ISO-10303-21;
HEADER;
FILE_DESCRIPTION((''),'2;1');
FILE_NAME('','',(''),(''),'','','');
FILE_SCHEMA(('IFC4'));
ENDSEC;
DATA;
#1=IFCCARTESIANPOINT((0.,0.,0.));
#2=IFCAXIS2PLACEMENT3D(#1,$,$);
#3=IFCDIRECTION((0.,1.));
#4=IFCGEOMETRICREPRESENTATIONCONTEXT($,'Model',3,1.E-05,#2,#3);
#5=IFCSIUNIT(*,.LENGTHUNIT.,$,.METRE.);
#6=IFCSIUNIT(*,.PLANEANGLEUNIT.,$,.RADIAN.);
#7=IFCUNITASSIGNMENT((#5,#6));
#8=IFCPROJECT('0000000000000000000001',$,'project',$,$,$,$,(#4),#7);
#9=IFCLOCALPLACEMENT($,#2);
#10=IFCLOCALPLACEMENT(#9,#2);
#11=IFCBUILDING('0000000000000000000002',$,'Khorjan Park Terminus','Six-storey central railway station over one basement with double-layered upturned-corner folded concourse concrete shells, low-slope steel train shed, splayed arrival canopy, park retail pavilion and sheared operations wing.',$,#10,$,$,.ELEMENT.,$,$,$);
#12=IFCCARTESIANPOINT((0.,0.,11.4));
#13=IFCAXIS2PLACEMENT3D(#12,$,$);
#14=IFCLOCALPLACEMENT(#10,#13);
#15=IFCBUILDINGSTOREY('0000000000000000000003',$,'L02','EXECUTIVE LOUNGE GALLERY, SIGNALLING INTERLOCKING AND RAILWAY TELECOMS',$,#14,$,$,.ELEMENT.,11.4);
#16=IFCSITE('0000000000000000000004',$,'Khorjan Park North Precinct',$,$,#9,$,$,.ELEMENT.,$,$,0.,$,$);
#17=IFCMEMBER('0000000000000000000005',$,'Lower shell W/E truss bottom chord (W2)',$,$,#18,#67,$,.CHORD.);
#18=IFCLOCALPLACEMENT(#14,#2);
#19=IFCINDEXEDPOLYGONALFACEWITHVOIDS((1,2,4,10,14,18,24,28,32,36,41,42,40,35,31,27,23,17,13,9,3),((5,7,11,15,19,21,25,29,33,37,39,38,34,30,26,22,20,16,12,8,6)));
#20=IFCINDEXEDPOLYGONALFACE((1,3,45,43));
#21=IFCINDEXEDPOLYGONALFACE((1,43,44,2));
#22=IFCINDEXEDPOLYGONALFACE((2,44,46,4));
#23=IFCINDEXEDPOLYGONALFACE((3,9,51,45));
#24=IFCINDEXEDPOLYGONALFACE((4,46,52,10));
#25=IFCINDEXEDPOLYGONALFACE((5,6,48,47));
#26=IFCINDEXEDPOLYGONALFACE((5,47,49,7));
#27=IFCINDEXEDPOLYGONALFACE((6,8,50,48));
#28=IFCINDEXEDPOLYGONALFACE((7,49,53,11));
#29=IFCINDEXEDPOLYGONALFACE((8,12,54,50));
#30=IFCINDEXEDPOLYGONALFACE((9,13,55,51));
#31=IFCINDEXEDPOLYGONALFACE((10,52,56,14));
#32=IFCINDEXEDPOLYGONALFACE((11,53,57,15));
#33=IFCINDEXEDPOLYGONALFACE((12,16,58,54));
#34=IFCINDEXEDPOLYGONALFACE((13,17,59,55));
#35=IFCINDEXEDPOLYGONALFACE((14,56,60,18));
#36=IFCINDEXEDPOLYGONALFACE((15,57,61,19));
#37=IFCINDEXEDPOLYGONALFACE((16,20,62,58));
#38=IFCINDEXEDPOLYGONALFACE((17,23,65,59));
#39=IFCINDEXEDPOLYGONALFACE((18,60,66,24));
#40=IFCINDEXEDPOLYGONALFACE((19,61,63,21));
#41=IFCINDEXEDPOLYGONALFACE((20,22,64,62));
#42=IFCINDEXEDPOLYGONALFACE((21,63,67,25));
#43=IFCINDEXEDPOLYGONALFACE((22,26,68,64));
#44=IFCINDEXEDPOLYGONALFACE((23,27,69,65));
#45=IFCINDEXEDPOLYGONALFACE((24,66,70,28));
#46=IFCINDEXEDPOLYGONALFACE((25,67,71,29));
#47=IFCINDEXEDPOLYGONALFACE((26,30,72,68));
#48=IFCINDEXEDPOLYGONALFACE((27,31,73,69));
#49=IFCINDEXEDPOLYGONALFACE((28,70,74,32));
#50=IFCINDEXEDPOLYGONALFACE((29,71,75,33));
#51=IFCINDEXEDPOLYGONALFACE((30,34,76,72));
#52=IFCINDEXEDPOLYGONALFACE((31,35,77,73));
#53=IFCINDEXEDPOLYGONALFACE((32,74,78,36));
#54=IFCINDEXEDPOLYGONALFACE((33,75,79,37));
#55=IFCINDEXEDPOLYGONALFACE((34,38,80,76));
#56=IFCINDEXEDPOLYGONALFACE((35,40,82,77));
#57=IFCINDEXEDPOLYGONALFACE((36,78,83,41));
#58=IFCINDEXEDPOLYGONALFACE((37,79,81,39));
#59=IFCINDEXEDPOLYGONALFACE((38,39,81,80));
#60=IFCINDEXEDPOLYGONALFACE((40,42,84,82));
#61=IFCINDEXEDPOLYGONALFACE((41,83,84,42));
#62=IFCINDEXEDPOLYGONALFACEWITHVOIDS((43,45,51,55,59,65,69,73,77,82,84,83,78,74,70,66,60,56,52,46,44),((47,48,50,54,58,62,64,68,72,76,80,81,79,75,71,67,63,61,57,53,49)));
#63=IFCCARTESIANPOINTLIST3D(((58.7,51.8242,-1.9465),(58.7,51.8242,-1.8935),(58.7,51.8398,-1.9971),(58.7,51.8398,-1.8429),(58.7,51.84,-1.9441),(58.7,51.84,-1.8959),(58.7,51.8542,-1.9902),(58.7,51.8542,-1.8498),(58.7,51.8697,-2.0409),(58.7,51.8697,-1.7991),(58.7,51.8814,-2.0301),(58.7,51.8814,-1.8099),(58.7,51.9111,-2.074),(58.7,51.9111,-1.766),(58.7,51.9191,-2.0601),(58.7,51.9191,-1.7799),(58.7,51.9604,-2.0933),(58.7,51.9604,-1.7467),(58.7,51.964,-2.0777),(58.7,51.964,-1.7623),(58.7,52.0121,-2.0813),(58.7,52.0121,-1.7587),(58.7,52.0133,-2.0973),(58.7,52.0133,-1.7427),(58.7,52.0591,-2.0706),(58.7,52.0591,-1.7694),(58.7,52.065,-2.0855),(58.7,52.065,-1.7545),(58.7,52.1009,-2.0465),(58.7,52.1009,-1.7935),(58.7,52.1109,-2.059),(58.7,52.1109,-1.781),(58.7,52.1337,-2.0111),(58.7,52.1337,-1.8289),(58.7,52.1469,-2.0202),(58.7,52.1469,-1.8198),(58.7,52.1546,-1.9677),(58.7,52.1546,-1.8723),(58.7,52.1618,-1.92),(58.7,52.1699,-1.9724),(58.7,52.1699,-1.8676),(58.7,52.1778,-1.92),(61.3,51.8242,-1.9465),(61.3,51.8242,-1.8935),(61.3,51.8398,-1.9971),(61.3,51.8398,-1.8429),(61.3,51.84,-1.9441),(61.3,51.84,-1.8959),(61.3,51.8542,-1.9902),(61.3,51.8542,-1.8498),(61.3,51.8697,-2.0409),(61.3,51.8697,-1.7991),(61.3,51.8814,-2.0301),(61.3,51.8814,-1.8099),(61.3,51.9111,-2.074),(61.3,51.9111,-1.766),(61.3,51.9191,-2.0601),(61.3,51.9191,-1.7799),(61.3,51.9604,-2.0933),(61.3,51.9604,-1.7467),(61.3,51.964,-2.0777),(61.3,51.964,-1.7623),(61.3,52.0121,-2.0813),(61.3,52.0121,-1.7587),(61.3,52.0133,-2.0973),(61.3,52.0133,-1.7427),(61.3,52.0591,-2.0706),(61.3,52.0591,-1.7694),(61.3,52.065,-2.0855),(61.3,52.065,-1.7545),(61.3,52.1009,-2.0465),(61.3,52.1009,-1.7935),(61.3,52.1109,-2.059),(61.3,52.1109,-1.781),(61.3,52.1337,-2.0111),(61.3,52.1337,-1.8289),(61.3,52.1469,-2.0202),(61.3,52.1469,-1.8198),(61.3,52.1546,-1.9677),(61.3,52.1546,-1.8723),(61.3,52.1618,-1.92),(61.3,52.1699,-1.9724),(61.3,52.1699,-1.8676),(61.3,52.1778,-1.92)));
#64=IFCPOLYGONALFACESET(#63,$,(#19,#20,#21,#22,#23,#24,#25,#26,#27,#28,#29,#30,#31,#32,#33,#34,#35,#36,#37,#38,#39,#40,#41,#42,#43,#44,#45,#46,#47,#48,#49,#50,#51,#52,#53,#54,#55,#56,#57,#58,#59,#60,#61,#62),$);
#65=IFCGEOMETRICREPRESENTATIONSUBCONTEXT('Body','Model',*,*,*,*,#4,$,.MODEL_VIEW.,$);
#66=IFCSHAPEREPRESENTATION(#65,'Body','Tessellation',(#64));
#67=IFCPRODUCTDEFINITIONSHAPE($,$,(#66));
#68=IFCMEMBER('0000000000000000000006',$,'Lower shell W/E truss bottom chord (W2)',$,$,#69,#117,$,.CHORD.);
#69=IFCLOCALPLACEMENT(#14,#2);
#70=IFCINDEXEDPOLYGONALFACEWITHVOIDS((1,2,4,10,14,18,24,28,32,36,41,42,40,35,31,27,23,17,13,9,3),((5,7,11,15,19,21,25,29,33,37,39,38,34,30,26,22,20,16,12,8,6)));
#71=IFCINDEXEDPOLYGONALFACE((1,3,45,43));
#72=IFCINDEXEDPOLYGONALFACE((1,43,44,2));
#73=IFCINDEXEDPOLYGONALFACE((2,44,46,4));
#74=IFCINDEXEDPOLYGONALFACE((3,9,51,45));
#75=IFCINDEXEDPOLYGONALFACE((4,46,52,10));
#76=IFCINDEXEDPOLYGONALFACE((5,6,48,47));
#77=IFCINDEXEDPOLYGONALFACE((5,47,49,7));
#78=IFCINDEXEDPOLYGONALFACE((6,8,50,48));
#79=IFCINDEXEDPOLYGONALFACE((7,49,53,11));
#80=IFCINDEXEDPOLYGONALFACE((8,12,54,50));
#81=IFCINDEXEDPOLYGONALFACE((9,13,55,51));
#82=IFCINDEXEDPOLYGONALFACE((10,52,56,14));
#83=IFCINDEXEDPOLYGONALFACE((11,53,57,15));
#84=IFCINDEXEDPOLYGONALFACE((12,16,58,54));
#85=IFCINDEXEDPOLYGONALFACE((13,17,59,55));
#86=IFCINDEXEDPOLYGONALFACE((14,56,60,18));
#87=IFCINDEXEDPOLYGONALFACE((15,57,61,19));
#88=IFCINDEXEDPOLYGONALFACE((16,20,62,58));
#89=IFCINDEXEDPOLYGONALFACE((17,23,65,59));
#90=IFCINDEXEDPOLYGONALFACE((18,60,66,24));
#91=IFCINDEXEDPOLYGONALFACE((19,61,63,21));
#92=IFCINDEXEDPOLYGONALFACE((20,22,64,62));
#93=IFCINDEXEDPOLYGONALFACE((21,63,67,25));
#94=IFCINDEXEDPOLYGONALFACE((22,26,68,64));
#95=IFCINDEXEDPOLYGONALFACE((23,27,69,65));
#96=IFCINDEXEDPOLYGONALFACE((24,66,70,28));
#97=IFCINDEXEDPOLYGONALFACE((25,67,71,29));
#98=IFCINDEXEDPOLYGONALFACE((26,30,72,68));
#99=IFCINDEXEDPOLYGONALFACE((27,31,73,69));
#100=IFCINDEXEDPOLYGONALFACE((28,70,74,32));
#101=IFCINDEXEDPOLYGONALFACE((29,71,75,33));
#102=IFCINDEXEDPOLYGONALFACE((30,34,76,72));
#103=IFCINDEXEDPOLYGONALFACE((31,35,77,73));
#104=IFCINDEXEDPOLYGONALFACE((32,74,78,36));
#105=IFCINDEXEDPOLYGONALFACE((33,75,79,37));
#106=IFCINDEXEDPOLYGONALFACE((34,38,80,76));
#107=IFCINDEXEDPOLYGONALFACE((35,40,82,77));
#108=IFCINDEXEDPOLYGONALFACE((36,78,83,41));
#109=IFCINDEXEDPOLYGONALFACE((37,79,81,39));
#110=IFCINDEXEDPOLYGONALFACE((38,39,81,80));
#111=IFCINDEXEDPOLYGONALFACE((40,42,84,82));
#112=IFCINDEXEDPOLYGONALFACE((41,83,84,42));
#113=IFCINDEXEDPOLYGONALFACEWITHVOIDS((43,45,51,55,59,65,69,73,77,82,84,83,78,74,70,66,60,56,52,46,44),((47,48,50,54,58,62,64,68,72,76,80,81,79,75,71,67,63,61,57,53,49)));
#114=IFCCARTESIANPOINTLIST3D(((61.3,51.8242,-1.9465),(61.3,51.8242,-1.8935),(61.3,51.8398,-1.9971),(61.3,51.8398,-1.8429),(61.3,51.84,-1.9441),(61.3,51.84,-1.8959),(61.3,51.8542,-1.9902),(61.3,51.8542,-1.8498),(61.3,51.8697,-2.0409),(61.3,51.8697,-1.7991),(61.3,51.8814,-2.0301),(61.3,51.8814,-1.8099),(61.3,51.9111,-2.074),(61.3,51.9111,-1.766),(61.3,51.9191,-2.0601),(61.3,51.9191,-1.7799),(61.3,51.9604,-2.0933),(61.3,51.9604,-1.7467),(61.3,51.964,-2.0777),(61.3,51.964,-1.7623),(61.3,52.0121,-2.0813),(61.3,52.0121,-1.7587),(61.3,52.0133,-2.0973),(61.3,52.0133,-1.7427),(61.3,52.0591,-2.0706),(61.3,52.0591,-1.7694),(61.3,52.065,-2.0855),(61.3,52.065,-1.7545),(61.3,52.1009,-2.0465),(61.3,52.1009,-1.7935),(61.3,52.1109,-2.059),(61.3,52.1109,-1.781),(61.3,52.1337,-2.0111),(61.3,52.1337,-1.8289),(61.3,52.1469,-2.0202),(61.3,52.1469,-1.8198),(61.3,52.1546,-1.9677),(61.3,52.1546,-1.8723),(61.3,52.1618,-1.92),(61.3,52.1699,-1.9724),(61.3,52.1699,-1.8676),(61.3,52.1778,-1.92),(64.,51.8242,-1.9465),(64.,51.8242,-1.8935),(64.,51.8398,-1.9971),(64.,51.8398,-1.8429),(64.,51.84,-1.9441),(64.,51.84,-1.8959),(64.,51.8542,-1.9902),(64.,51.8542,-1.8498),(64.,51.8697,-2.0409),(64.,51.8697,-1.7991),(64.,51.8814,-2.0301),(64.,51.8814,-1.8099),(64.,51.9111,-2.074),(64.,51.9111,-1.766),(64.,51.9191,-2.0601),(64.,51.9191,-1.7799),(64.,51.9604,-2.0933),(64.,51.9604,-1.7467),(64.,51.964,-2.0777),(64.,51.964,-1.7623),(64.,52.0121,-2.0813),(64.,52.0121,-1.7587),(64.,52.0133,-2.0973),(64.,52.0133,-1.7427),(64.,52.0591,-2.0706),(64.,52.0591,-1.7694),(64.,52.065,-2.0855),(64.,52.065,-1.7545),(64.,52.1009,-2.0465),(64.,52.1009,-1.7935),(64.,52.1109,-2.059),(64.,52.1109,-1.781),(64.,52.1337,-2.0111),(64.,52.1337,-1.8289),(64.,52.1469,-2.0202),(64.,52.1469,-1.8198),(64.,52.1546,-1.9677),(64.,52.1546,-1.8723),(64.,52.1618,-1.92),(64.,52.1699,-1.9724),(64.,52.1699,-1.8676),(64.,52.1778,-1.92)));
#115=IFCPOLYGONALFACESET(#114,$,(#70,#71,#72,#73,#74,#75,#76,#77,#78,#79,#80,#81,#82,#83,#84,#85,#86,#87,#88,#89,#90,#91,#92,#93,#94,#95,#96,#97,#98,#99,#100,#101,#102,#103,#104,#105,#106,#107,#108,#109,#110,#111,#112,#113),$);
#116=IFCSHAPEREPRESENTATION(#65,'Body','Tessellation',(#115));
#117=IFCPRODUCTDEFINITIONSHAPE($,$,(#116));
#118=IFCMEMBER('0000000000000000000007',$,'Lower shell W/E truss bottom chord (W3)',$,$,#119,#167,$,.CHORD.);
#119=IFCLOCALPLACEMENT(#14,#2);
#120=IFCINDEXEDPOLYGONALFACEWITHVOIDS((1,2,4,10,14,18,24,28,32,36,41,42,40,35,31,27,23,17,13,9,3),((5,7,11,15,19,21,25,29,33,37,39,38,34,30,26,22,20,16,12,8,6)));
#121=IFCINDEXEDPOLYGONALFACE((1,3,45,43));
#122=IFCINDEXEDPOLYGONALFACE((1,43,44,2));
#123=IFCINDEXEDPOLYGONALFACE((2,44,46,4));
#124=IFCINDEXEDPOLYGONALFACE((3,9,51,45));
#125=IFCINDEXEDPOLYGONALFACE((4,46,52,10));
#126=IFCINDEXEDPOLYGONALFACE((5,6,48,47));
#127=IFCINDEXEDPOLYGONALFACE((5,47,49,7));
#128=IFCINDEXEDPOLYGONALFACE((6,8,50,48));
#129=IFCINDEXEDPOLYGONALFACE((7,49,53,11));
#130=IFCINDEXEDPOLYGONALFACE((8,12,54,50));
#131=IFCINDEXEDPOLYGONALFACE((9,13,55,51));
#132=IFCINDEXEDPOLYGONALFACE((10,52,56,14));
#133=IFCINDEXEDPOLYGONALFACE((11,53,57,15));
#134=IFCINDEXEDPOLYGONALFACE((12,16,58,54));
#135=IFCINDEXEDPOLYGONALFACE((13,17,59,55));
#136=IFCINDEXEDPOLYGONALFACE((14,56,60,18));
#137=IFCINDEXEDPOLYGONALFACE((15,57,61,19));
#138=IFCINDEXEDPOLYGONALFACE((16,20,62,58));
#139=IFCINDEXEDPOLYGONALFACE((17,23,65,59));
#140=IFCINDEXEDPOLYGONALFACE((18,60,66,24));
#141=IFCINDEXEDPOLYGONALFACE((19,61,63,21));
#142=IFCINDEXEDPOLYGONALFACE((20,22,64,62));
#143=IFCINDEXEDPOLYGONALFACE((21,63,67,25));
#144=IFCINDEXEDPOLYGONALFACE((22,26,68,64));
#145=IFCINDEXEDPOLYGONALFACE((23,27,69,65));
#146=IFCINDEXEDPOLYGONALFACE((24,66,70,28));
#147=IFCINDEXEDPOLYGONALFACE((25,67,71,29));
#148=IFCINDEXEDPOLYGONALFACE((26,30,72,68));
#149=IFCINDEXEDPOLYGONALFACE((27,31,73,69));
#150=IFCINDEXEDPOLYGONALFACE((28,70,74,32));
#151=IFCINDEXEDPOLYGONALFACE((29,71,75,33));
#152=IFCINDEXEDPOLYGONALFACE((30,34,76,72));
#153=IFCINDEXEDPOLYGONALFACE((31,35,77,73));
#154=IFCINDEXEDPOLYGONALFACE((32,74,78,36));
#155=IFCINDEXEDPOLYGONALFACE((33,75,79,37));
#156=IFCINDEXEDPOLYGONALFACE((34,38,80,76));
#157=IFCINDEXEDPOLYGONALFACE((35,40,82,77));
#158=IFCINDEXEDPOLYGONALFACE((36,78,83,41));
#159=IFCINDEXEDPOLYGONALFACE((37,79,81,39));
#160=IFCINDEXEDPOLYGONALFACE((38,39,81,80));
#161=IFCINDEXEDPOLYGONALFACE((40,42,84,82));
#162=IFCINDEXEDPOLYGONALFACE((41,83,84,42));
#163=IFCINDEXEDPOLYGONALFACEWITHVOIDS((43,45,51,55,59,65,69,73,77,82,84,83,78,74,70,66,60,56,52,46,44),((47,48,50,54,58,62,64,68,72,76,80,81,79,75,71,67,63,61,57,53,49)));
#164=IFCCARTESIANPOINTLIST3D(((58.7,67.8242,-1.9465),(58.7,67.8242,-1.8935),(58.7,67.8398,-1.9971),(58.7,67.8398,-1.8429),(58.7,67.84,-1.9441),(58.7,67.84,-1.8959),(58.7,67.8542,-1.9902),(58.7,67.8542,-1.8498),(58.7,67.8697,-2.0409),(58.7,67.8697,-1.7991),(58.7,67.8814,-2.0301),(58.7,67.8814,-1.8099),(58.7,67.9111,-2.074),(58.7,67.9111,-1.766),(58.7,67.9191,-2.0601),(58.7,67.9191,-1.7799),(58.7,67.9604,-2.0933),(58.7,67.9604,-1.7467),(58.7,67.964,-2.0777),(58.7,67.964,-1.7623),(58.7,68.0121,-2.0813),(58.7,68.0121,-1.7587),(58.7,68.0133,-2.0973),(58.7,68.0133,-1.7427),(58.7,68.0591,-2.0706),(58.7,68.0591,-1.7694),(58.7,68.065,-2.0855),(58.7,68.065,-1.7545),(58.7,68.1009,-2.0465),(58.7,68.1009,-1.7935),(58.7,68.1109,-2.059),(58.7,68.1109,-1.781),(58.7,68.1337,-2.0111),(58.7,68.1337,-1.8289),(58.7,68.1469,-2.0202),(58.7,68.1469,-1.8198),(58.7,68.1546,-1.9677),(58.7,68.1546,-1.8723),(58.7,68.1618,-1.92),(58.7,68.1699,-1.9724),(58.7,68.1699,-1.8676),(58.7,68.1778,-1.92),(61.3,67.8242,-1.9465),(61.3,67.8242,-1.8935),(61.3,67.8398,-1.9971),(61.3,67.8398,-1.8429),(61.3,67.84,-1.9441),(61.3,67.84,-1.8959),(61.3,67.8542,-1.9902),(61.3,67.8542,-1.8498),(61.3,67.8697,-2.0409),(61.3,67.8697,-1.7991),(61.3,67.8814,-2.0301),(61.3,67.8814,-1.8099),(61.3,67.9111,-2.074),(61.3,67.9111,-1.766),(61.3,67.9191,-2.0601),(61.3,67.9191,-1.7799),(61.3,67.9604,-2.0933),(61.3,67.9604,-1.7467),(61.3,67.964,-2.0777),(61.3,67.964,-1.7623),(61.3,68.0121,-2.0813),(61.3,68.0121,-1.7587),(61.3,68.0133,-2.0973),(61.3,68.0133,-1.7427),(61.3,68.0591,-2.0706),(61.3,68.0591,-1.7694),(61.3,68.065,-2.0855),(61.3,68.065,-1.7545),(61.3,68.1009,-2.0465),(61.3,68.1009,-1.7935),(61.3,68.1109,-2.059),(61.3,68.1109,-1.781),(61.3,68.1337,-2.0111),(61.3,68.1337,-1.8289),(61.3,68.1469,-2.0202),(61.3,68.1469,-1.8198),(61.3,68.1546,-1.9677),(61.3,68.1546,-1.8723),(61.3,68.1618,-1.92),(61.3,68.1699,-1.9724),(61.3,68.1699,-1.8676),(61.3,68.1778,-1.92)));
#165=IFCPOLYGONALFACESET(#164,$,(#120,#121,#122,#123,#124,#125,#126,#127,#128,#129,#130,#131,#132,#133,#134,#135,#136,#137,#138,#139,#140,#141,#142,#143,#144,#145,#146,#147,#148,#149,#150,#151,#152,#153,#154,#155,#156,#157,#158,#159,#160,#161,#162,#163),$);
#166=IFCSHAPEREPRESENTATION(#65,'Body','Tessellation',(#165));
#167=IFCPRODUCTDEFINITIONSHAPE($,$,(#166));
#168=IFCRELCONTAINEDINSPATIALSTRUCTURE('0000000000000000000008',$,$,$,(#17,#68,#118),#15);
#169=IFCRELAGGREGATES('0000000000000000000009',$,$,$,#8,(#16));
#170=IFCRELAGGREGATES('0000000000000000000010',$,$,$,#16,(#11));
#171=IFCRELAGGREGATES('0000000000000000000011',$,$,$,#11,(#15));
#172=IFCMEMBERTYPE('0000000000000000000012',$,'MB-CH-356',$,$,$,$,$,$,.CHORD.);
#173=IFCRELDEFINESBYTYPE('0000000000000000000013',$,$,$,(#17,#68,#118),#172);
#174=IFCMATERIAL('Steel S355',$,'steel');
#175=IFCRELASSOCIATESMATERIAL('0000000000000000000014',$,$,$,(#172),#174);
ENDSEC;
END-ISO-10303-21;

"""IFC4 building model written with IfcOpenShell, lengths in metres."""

from ifc_helpers import new_model, si_unit, direction, frame, origin, origin_2d, place, context, subcontext, project, spatial, hollow_circle, extrude, material, material_profile, profile_set, type_object, element, save


model = new_model("IFC4")

# Units and contexts
model_context = context("Model", 3, precision=1e-05, world=origin(), true_north=direction((0.0, 1.0)))
body_context = subcontext(model_context, "Body", "Model", "MODEL_VIEW")
ifc_project = project(units=[si_unit("LENGTHUNIT", "METRE"), si_unit("PLANEANGLEUNIT", "RADIAN")], contexts=[model_context])

# Site, building, storey
site_placement = place(None, origin())
site = spatial("IfcSite", under=ifc_project, at=site_placement, Name="Khorjan Park North Precinct", CompositionType="ELEMENT", RefElevation=0.0)
building_placement = place(site_placement, origin())
building = spatial("IfcBuilding", under=site, at=building_placement, Name="Khorjan Park Terminus", Description="Six-storey central railway station over one basement with double-layered upturned-corner folded concourse concrete shells, low-slope steel train shed, splayed arrival canopy, park retail pavilion and sheared operations wing.", CompositionType="ELEMENT")
storey_placement = place(building_placement, frame((0.0, 0.0, 11.4)))
storey = spatial("IfcBuildingStorey", under=building, at=storey_placement, Name="L02", Description="EXECUTIVE LOUNGE GALLERY, SIGNALLING INTERLOCKING AND RAILWAY TELECOMS", CompositionType="ELEMENT", Elevation=11.4)

# Shared definitions
ifc_material = material(Name="Steel S355", Category="steel")

# Members
ifc_material_profile_1 = material_profile(ifc_material, hollow_circle(Radius=0.1778, WallThickness=0.016, at=origin_2d()), Name="CHS 355.6x16")
ifc_profile_set_1 = profile_set([ifc_material_profile_1], Name="Steel S355")
member_type_1 = type_object("IfcMemberType", Name="MB-CH-356", PredefinedType="CHORD", material=ifc_profile_set_1)
member_1_placement = place(storey_placement, frame((58.7, 52.0, -1.92), z_axis=(1.0, 0.0, 0.0), x_axis=(0.0, 1.0, 0.0)))
element("IfcMember", 1, at=member_1_placement, inside=storey, type_object=member_type_1, Name="Lower shell W/E truss bottom chord (W2)", PredefinedType="CHORD", context=body_context, shape_type="SweptSolid", body=[
    extrude(hollow_circle(Radius=0.1778, WallThickness=0.016, at=origin_2d()), origin(), (0.0, 0.0, 1.0), 2.6),
])
member_2_placement = place(storey_placement, frame((61.3, 52.0, -1.92), z_axis=(1.0, 0.0, 0.0), x_axis=(0.0, 1.0, 0.0)))
element("IfcMember", 2, at=member_2_placement, inside=storey, type_object=member_type_1, Name="Lower shell W/E truss bottom chord (W2)", PredefinedType="CHORD", context=body_context, shape_type="SweptSolid", body=[
    extrude(hollow_circle(Radius=0.1778, WallThickness=0.016, at=origin_2d()), origin(), (0.0, 0.0, 1.0), 2.7),
])
member_3_placement = place(storey_placement, frame((58.7, 68.0, -1.92), z_axis=(1.0, 0.0, 0.0), x_axis=(0.0, 1.0, 0.0)))
element("IfcMember", 3, at=member_3_placement, inside=storey, type_object=member_type_1, Name="Lower shell W/E truss bottom chord (W3)", PredefinedType="CHORD", context=body_context, shape_type="SweptSolid", body=[
    extrude(hollow_circle(Radius=0.1778, WallThickness=0.016, at=origin_2d()), origin(), (0.0, 0.0, 1.0), 2.6),
])

save(model, "model.ifc")
